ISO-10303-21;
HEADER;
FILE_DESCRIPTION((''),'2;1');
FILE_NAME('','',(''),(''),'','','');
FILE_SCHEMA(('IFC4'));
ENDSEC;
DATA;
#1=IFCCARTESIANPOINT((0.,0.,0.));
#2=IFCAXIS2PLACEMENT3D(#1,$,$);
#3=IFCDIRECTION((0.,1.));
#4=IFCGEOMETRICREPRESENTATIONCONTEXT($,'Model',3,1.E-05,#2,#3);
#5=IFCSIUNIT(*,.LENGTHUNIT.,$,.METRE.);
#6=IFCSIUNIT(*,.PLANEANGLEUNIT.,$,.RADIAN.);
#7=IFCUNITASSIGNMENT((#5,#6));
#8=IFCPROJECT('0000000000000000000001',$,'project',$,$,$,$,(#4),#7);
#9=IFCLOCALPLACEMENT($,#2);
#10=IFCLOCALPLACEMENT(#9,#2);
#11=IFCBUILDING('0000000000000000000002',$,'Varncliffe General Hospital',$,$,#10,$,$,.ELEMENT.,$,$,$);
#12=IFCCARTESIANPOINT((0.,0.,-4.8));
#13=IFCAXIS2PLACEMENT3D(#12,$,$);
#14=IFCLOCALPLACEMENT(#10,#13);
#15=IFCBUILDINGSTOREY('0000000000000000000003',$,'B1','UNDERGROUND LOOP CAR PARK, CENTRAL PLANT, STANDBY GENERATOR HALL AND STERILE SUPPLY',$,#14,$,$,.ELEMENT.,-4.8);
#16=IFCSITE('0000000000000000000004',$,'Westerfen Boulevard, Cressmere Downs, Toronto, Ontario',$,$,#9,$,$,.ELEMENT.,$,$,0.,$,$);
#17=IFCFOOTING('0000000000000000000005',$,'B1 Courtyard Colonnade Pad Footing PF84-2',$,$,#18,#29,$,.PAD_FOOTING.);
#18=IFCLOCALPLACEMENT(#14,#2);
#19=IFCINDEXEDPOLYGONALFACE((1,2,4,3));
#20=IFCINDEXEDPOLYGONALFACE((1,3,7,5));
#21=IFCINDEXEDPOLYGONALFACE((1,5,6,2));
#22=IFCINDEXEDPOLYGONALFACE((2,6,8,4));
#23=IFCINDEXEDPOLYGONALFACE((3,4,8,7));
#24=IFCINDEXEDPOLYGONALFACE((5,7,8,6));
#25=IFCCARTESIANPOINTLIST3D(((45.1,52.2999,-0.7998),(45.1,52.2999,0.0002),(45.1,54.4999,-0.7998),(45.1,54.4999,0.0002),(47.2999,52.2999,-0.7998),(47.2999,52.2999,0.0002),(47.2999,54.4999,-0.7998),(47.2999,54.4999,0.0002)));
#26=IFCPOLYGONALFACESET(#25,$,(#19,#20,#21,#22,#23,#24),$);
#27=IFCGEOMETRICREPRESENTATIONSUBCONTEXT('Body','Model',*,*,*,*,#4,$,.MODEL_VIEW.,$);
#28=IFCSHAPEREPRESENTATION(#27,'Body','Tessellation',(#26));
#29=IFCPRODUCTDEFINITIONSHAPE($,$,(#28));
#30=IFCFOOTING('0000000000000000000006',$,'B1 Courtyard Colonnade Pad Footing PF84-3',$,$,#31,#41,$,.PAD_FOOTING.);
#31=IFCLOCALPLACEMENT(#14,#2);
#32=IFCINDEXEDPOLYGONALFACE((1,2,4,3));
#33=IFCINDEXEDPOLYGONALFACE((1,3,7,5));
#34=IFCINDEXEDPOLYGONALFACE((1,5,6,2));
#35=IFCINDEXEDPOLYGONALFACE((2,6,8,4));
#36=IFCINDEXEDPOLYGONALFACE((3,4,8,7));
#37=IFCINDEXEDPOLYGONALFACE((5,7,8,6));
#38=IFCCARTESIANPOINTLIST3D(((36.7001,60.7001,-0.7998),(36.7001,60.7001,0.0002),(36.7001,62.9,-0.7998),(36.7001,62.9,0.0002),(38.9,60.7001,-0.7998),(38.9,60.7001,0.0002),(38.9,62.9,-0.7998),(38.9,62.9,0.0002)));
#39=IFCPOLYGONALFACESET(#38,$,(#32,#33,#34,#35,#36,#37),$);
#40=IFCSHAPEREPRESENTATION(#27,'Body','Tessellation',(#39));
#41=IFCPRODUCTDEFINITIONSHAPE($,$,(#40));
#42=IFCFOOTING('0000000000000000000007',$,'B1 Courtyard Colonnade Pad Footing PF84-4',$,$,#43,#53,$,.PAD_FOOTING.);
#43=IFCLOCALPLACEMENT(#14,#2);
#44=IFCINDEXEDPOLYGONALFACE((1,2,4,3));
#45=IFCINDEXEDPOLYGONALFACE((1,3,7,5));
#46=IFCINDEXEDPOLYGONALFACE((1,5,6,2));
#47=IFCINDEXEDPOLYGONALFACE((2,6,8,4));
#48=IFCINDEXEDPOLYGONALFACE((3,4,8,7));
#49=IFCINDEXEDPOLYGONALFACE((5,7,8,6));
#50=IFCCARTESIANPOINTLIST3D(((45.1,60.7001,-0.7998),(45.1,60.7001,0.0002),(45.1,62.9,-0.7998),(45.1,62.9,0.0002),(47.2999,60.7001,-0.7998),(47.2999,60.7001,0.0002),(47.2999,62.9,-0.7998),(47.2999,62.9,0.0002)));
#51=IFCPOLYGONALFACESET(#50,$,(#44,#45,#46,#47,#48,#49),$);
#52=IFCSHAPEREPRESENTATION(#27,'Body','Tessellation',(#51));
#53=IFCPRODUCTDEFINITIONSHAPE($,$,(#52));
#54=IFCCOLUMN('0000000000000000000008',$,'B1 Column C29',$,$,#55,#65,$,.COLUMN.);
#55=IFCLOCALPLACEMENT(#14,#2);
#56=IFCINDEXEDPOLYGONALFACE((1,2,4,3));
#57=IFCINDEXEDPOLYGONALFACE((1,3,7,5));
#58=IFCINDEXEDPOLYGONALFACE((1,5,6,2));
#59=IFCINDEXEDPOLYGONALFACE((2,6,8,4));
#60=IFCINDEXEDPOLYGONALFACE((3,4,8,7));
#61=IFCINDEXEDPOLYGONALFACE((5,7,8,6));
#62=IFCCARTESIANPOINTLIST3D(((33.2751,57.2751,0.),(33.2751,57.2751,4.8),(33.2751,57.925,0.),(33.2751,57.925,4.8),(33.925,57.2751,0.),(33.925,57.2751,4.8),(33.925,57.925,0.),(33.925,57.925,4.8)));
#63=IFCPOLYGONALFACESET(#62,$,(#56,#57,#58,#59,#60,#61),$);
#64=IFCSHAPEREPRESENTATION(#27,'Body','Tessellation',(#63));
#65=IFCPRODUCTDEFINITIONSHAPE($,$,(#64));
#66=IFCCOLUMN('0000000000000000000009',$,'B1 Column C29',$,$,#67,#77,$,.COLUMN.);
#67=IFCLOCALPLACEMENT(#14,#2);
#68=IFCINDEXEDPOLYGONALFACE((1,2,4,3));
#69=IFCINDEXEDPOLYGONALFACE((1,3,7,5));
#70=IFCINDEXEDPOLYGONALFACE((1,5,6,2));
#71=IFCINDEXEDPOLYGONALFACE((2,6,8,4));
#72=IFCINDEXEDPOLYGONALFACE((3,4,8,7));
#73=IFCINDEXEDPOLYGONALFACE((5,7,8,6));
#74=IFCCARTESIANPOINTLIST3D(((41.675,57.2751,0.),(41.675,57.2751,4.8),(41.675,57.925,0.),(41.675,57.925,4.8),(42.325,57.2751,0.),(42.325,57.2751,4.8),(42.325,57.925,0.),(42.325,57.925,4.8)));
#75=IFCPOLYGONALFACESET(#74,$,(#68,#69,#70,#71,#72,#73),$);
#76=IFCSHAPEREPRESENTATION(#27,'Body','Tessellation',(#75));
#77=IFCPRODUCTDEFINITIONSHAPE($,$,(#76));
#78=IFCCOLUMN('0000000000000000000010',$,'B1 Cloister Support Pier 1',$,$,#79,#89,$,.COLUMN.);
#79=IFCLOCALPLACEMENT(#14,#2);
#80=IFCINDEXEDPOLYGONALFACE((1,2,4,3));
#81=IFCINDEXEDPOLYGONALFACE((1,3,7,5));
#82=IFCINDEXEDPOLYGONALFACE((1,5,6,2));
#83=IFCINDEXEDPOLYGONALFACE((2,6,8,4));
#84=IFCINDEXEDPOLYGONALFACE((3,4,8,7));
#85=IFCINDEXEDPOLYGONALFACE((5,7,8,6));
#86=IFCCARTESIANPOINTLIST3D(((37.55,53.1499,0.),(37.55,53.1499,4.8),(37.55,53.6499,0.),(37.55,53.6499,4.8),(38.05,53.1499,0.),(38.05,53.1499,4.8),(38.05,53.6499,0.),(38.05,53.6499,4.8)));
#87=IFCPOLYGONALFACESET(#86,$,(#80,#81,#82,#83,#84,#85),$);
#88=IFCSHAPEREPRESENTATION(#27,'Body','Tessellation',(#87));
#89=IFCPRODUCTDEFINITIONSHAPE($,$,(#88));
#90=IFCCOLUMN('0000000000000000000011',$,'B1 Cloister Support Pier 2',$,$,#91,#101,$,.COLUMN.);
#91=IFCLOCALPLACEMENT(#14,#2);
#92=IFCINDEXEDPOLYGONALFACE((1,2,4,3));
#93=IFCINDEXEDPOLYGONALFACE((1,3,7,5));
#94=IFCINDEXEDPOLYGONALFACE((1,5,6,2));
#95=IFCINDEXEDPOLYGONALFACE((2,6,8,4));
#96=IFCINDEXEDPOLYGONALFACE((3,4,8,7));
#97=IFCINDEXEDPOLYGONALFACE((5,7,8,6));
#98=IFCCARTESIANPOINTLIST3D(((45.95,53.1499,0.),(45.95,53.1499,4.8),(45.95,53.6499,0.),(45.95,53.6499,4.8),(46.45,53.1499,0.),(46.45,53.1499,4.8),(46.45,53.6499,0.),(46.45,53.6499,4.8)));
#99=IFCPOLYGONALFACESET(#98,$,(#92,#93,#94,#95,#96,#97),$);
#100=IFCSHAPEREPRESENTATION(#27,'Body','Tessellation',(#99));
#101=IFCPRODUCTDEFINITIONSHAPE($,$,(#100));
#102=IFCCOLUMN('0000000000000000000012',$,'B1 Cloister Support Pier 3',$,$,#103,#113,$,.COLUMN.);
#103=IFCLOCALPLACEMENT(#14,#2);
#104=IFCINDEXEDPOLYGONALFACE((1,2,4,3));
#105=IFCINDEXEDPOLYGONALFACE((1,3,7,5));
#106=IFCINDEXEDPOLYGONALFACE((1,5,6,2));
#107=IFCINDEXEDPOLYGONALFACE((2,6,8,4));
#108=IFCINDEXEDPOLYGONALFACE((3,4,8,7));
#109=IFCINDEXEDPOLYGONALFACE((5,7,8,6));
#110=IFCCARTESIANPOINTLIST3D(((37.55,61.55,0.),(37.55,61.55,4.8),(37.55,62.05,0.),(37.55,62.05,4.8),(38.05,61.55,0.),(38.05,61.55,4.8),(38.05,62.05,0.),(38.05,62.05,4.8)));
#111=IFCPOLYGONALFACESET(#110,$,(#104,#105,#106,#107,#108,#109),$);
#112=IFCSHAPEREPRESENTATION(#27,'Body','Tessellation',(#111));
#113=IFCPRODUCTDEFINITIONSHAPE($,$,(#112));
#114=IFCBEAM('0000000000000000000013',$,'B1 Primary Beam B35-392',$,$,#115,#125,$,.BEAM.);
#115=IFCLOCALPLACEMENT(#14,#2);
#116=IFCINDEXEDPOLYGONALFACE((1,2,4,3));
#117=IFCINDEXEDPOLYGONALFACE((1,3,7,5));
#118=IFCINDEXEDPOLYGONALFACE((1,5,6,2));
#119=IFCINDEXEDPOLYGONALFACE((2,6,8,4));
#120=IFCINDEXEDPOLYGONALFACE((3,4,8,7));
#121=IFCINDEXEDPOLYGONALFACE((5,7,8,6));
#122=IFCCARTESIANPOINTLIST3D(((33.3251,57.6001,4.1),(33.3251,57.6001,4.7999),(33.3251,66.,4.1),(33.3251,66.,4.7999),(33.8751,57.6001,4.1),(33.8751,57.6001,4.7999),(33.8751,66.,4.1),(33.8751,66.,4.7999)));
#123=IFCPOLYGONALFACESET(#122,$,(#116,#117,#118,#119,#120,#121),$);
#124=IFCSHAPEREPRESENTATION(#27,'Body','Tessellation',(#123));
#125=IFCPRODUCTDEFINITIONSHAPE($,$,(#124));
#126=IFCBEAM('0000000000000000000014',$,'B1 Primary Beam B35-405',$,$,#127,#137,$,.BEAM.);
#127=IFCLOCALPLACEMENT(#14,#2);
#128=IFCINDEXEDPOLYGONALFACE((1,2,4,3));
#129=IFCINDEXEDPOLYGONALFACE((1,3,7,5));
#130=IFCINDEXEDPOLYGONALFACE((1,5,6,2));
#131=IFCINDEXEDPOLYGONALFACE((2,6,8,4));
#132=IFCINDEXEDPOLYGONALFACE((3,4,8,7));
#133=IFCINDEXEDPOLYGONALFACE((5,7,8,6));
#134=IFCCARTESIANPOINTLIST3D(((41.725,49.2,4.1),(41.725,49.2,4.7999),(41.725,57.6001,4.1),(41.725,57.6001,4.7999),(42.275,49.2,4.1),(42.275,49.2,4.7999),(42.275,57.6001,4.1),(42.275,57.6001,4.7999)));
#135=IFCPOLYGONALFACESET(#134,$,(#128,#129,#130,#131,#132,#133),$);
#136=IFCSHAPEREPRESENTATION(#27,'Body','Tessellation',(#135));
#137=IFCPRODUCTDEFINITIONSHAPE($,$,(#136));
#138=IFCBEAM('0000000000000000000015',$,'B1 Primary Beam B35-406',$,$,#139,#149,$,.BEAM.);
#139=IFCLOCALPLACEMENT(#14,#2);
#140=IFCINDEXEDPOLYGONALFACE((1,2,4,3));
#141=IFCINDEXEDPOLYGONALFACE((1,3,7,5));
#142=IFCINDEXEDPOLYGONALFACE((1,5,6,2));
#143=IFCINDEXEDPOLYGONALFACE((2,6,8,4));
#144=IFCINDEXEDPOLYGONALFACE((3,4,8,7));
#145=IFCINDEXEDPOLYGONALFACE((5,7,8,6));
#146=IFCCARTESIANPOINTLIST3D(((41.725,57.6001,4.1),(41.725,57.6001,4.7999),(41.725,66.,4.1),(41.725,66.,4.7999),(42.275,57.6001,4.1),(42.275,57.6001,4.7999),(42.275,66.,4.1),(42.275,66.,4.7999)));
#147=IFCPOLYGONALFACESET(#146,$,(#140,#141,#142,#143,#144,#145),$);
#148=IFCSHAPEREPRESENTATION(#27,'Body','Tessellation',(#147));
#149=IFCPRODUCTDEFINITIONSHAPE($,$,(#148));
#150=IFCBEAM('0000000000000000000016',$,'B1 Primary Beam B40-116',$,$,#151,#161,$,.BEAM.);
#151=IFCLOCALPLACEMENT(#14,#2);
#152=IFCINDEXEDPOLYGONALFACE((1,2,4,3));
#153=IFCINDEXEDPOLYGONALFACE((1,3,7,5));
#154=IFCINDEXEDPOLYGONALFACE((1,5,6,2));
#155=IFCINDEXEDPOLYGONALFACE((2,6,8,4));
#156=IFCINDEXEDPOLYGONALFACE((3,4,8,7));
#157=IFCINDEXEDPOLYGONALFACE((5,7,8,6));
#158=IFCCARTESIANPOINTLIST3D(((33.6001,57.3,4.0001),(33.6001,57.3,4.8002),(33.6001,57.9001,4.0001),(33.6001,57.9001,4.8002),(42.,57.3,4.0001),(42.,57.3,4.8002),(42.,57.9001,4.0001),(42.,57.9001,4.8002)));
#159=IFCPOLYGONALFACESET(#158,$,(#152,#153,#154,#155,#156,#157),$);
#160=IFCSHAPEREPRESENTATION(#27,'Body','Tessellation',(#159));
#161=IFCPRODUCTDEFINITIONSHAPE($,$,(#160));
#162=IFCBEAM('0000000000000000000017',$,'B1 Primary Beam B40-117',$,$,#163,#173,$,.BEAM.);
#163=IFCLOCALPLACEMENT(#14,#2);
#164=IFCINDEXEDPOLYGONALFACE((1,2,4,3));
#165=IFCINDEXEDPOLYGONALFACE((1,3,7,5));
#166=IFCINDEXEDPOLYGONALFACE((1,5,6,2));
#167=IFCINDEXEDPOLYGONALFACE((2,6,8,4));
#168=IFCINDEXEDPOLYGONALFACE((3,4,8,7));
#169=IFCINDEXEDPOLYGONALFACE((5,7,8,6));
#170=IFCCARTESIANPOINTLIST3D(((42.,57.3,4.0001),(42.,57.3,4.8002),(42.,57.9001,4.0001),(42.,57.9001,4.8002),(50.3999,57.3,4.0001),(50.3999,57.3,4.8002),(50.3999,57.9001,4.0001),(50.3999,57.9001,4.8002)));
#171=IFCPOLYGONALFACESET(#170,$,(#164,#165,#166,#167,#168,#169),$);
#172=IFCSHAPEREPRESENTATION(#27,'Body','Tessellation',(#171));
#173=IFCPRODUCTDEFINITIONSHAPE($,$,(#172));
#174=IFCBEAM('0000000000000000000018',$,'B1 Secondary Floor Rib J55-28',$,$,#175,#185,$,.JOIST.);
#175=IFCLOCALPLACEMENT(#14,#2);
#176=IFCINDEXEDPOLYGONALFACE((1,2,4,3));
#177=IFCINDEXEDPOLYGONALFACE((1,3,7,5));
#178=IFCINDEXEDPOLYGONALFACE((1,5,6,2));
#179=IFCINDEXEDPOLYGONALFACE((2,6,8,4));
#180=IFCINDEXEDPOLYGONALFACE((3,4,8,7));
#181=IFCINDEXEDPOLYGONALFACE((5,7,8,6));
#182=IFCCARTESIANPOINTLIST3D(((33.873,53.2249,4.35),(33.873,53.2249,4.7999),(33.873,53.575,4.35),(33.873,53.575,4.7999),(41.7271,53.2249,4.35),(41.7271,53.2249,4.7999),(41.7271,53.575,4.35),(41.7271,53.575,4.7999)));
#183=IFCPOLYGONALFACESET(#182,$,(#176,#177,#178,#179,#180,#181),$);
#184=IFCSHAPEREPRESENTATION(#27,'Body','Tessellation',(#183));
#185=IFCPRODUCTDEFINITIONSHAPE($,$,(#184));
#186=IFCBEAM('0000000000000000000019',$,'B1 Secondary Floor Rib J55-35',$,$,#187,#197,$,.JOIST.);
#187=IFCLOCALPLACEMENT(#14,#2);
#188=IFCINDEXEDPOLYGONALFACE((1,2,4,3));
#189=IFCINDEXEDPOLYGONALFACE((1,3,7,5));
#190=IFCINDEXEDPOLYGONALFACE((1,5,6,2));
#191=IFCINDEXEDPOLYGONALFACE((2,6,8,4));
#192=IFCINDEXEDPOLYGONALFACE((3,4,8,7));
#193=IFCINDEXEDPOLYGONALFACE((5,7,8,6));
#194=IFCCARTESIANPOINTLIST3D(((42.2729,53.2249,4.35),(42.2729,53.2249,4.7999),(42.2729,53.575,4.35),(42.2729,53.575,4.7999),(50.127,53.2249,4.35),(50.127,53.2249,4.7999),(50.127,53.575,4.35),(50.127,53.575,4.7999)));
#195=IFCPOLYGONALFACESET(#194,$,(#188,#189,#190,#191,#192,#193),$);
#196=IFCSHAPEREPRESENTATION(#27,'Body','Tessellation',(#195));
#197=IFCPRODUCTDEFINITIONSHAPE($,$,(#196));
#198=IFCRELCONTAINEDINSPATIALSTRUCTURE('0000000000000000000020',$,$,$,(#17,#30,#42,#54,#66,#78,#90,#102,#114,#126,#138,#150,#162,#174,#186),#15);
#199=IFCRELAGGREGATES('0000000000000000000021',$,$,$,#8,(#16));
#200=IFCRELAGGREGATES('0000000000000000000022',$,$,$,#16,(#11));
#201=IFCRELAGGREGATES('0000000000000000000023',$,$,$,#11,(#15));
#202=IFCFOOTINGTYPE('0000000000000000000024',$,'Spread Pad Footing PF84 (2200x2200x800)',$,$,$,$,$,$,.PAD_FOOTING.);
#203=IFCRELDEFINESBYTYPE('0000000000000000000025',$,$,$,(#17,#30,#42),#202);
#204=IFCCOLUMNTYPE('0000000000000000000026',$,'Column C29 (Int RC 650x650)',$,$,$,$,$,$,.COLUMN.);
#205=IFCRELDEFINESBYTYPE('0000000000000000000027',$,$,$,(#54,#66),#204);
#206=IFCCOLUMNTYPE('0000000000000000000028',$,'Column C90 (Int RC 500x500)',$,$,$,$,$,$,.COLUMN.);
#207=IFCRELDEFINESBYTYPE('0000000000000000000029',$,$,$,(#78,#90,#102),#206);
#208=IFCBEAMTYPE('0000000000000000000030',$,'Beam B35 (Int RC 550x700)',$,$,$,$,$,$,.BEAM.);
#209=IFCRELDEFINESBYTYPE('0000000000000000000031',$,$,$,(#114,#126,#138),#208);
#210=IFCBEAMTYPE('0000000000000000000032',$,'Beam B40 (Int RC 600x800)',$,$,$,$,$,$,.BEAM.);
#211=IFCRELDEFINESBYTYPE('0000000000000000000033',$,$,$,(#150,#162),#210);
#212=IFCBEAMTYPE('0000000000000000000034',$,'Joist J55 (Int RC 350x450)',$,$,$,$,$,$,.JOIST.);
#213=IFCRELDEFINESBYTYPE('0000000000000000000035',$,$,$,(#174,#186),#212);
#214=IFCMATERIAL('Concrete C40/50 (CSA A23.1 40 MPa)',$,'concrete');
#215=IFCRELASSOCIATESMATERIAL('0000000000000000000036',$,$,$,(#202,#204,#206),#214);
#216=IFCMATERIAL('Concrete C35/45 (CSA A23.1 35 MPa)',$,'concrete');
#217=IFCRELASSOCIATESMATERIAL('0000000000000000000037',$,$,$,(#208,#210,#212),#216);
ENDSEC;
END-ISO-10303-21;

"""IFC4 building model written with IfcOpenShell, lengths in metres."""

from ifc_helpers import new_model, si_unit, direction, frame, origin, origin_2d, place, context, subcontext, project, spatial, rectangle, extrude, material, material_profile, profile_set, type_object, element, save


model = new_model("IFC4")

# Units and contexts
model_context = context("Model", 3, precision=1e-05, world=origin(), true_north=direction((0.0, 1.0)))
body_context = subcontext(model_context, "Body", "Model", "MODEL_VIEW")
ifc_project = project(units=[si_unit("LENGTHUNIT", "METRE"), si_unit("PLANEANGLEUNIT", "RADIAN")], contexts=[model_context])

# Site, building, storey
site_placement = place(None, origin())
site = spatial("IfcSite", under=ifc_project, at=site_placement, Name="Westerfen Boulevard, Cressmere Downs, Toronto, Ontario", CompositionType="ELEMENT", RefElevation=0.0)
building_placement = place(site_placement, origin())
building = spatial("IfcBuilding", under=site, at=building_placement, Name="Varncliffe General Hospital", CompositionType="ELEMENT")
storey_placement = place(building_placement, frame((0.0, 0.0, -4.8)))
storey = spatial("IfcBuildingStorey", under=building, at=storey_placement, Name="B1", Description="UNDERGROUND LOOP CAR PARK, CENTRAL PLANT, STANDBY GENERATOR HALL AND STERILE SUPPLY", CompositionType="ELEMENT", Elevation=-4.8)

# Shared definitions
ifc_material_1 = material(Name="Concrete C40/50 (CSA A23.1 40 MPa)", Category="concrete")

# Footings
footing_type_1 = type_object("IfcFootingType", Name="Spread Pad Footing PF84 (2200x2200x800)", PredefinedType="PAD_FOOTING", material=ifc_material_1)
for number, where, z_axis, x_axis, name in (
    (1, (46.2, 53.3999, -0.7998), (0.0, 0.0, 1.0), (1.0, 0.0, 0.0), "B1 Courtyard Colonnade Pad Footing PF84-2"),
    (2, (37.8, 61.8, -0.7998), (0.0, 0.0, 1.0), (1.0, 0.0, 0.0), "B1 Courtyard Colonnade Pad Footing PF84-3"),
    (3, (46.2, 61.8, -0.7998), (0.0, 0.0, 1.0), (1.0, 0.0, 0.0), "B1 Courtyard Colonnade Pad Footing PF84-4"),
):
    element("IfcFooting", number, at=place(storey_placement, frame(where, z_axis=z_axis, x_axis=x_axis)), inside=storey, type_object=footing_type_1, Name=name, PredefinedType="PAD_FOOTING", context=body_context, shape_type="SweptSolid", body=[
        extrude(rectangle(XDim=2.2, YDim=2.2, at=origin_2d()), origin(), (0.0, 0.0, 1.0), 0.8),
    ])

# Columns
ifc_material_profile_1 = material_profile(ifc_material_1, rectangle(XDim=0.6499, YDim=0.6499, at=origin_2d()), Name="RC 650x650")
ifc_profile_set_1 = profile_set([ifc_material_profile_1], Name="Concrete C40/50 (CSA A23.1 40 MPa)")
column_type_1 = type_object("IfcColumnType", Name="Column C29 (Int RC 650x650)", PredefinedType="COLUMN", material=ifc_profile_set_1)
for number, where, z_axis, x_axis, name in (
    (4, (33.6001, 57.6001, 0.0), (0.0, 0.0, 1.0), (1.0, 0.0, 0.0), "B1 Column C29"),
    (5, (42.0, 57.6001, 0.0), (0.0, 0.0, 1.0), (1.0, 0.0, 0.0), "B1 Column C29"),
):
    element("IfcColumn", number, at=place(storey_placement, frame(where, z_axis=z_axis, x_axis=x_axis)), inside=storey, type_object=column_type_1, Name=name, PredefinedType="COLUMN", context=body_context, shape_type="SweptSolid", body=[
        extrude(rectangle(XDim=0.6499, YDim=0.6499, at=origin_2d()), origin(), (0.0, 0.0, 1.0), 4.8),
    ])
ifc_material_profile_2 = material_profile(ifc_material_1, rectangle(XDim=0.5, YDim=0.5, at=origin_2d()), Name="RC 500x500")
ifc_profile_set_2 = profile_set([ifc_material_profile_2], Name="Concrete C40/50 (CSA A23.1 40 MPa)")
column_type_2 = type_object("IfcColumnType", Name="Column C90 (Int RC 500x500)", PredefinedType="COLUMN", material=ifc_profile_set_2)
for number, where, z_axis, x_axis, name in (
    (6, (37.8, 53.3999, 0.0), (0.0, 0.0, 1.0), (1.0, 0.0, 0.0), "B1 Cloister Support Pier 1"),
    (7, (46.2, 53.3999, 0.0), (0.0, 0.0, 1.0), (1.0, 0.0, 0.0), "B1 Cloister Support Pier 2"),
    (8, (37.8, 61.8, 0.0), (0.0, 0.0, 1.0), (1.0, 0.0, 0.0), "B1 Cloister Support Pier 3"),
):
    element("IfcColumn", number, at=place(storey_placement, frame(where, z_axis=z_axis, x_axis=x_axis)), inside=storey, type_object=column_type_2, Name=name, PredefinedType="COLUMN", context=body_context, shape_type="SweptSolid", body=[
        extrude(rectangle(XDim=0.5, YDim=0.5, at=origin_2d()), origin(), (0.0, 0.0, 1.0), 4.8),
    ])

# Beams
ifc_material_2 = material(Name="Concrete C35/45 (CSA A23.1 35 MPa)", Category="concrete")
ifc_material_profile_3 = material_profile(ifc_material_2, rectangle(XDim=0.55, YDim=0.7, at=origin_2d()), Name="RC 550x700")
ifc_profile_set_3 = profile_set([ifc_material_profile_3], Name="Concrete C35/45 (CSA A23.1 35 MPa)")
beam_type_1 = type_object("IfcBeamType", Name="Beam B35 (Int RC 550x700)", PredefinedType="BEAM", material=ifc_profile_set_3)
beam_1_placement = place(storey_placement, frame((33.6001, 57.6001, 4.45), z_axis=(0.0, 1.0, 0.0), x_axis=(-1.0, 0.0, 0.0)))
element("IfcBeam", 9, at=beam_1_placement, inside=storey, type_object=beam_type_1, Name="B1 Primary Beam B35-392", PredefinedType="BEAM", context=body_context, shape_type="SweptSolid", body=[
    extrude(rectangle(XDim=0.55, YDim=0.7, at=origin_2d()), origin(), (0.0, 0.0, 1.0), 8.3999),
])
beam_2_placement = place(storey_placement, frame((42.0, 49.2, 4.45), z_axis=(0.0, 1.0, 0.0), x_axis=(-1.0, 0.0, 0.0)))
element("IfcBeam", 10, at=beam_2_placement, inside=storey, type_object=beam_type_1, Name="B1 Primary Beam B35-405", PredefinedType="BEAM", context=body_context, shape_type="SweptSolid", body=[
    extrude(rectangle(XDim=0.55, YDim=0.7, at=origin_2d()), origin(), (0.0, 0.0, 1.0), 8.4001),
])
beam_3_placement = place(storey_placement, frame((42.0, 57.6001, 4.45), z_axis=(0.0, 1.0, 0.0), x_axis=(-1.0, 0.0, 0.0)))
element("IfcBeam", 11, at=beam_3_placement, inside=storey, type_object=beam_type_1, Name="B1 Primary Beam B35-406", PredefinedType="BEAM", context=body_context, shape_type="SweptSolid", body=[
    extrude(rectangle(XDim=0.55, YDim=0.7, at=origin_2d()), origin(), (0.0, 0.0, 1.0), 8.3999),
])
ifc_material_profile_4 = material_profile(ifc_material_2, rectangle(XDim=0.6001, YDim=0.8, at=origin_2d()), Name="RC 600x800")
ifc_profile_set_4 = profile_set([ifc_material_profile_4], Name="Concrete C35/45 (CSA A23.1 35 MPa)")
beam_type_2 = type_object("IfcBeamType", Name="Beam B40 (Int RC 600x800)", PredefinedType="BEAM", material=ifc_profile_set_4)
for number, where, z_axis, x_axis, name in (
    (12, (33.6001, 57.6001, 4.4001), (1.0, 0.0, 0.0), (0.0, 1.0, 0.0), "B1 Primary Beam B40-116"),
    (13, (42.0, 57.6001, 4.4001), (1.0, 0.0, 0.0), (0.0, 1.0, 0.0), "B1 Primary Beam B40-117"),
):
    element("IfcBeam", number, at=place(storey_placement, frame(where, z_axis=z_axis, x_axis=x_axis)), inside=storey, type_object=beam_type_2, Name=name, PredefinedType="BEAM", context=body_context, shape_type="SweptSolid", body=[
        extrude(rectangle(XDim=0.6001, YDim=0.8, at=origin_2d()), origin(), (0.0, 0.0, 1.0), 8.3999),
    ])
ifc_material_profile_5 = material_profile(ifc_material_2, rectangle(XDim=0.3501, YDim=0.45, at=origin_2d()), Name="RC 350x450")
ifc_profile_set_5 = profile_set([ifc_material_profile_5], Name="Concrete C35/45 (CSA A23.1 35 MPa)")
beam_type_3 = type_object("IfcBeamType", Name="Joist J55 (Int RC 350x450)", PredefinedType="JOIST", material=ifc_profile_set_5)
for number, where, z_axis, x_axis, name in (
    (14, (33.873, 53.3999, 4.575), (1.0, 0.0, 0.0), (0.0, 1.0, 0.0), "B1 Secondary Floor Rib J55-28"),
    (15, (42.2729, 53.3999, 4.575), (1.0, 0.0, 0.0), (0.0, 1.0, 0.0), "B1 Secondary Floor Rib J55-35"),
):
    element("IfcBeam", number, at=place(storey_placement, frame(where, z_axis=z_axis, x_axis=x_axis)), inside=storey, type_object=beam_type_3, Name=name, PredefinedType="JOIST", context=body_context, shape_type="SweptSolid", body=[
        extrude(rectangle(XDim=0.3501, YDim=0.45, at=origin_2d()), origin(), (0.0, 0.0, 1.0), 7.854),
    ])

save(model, "model.ifc")
